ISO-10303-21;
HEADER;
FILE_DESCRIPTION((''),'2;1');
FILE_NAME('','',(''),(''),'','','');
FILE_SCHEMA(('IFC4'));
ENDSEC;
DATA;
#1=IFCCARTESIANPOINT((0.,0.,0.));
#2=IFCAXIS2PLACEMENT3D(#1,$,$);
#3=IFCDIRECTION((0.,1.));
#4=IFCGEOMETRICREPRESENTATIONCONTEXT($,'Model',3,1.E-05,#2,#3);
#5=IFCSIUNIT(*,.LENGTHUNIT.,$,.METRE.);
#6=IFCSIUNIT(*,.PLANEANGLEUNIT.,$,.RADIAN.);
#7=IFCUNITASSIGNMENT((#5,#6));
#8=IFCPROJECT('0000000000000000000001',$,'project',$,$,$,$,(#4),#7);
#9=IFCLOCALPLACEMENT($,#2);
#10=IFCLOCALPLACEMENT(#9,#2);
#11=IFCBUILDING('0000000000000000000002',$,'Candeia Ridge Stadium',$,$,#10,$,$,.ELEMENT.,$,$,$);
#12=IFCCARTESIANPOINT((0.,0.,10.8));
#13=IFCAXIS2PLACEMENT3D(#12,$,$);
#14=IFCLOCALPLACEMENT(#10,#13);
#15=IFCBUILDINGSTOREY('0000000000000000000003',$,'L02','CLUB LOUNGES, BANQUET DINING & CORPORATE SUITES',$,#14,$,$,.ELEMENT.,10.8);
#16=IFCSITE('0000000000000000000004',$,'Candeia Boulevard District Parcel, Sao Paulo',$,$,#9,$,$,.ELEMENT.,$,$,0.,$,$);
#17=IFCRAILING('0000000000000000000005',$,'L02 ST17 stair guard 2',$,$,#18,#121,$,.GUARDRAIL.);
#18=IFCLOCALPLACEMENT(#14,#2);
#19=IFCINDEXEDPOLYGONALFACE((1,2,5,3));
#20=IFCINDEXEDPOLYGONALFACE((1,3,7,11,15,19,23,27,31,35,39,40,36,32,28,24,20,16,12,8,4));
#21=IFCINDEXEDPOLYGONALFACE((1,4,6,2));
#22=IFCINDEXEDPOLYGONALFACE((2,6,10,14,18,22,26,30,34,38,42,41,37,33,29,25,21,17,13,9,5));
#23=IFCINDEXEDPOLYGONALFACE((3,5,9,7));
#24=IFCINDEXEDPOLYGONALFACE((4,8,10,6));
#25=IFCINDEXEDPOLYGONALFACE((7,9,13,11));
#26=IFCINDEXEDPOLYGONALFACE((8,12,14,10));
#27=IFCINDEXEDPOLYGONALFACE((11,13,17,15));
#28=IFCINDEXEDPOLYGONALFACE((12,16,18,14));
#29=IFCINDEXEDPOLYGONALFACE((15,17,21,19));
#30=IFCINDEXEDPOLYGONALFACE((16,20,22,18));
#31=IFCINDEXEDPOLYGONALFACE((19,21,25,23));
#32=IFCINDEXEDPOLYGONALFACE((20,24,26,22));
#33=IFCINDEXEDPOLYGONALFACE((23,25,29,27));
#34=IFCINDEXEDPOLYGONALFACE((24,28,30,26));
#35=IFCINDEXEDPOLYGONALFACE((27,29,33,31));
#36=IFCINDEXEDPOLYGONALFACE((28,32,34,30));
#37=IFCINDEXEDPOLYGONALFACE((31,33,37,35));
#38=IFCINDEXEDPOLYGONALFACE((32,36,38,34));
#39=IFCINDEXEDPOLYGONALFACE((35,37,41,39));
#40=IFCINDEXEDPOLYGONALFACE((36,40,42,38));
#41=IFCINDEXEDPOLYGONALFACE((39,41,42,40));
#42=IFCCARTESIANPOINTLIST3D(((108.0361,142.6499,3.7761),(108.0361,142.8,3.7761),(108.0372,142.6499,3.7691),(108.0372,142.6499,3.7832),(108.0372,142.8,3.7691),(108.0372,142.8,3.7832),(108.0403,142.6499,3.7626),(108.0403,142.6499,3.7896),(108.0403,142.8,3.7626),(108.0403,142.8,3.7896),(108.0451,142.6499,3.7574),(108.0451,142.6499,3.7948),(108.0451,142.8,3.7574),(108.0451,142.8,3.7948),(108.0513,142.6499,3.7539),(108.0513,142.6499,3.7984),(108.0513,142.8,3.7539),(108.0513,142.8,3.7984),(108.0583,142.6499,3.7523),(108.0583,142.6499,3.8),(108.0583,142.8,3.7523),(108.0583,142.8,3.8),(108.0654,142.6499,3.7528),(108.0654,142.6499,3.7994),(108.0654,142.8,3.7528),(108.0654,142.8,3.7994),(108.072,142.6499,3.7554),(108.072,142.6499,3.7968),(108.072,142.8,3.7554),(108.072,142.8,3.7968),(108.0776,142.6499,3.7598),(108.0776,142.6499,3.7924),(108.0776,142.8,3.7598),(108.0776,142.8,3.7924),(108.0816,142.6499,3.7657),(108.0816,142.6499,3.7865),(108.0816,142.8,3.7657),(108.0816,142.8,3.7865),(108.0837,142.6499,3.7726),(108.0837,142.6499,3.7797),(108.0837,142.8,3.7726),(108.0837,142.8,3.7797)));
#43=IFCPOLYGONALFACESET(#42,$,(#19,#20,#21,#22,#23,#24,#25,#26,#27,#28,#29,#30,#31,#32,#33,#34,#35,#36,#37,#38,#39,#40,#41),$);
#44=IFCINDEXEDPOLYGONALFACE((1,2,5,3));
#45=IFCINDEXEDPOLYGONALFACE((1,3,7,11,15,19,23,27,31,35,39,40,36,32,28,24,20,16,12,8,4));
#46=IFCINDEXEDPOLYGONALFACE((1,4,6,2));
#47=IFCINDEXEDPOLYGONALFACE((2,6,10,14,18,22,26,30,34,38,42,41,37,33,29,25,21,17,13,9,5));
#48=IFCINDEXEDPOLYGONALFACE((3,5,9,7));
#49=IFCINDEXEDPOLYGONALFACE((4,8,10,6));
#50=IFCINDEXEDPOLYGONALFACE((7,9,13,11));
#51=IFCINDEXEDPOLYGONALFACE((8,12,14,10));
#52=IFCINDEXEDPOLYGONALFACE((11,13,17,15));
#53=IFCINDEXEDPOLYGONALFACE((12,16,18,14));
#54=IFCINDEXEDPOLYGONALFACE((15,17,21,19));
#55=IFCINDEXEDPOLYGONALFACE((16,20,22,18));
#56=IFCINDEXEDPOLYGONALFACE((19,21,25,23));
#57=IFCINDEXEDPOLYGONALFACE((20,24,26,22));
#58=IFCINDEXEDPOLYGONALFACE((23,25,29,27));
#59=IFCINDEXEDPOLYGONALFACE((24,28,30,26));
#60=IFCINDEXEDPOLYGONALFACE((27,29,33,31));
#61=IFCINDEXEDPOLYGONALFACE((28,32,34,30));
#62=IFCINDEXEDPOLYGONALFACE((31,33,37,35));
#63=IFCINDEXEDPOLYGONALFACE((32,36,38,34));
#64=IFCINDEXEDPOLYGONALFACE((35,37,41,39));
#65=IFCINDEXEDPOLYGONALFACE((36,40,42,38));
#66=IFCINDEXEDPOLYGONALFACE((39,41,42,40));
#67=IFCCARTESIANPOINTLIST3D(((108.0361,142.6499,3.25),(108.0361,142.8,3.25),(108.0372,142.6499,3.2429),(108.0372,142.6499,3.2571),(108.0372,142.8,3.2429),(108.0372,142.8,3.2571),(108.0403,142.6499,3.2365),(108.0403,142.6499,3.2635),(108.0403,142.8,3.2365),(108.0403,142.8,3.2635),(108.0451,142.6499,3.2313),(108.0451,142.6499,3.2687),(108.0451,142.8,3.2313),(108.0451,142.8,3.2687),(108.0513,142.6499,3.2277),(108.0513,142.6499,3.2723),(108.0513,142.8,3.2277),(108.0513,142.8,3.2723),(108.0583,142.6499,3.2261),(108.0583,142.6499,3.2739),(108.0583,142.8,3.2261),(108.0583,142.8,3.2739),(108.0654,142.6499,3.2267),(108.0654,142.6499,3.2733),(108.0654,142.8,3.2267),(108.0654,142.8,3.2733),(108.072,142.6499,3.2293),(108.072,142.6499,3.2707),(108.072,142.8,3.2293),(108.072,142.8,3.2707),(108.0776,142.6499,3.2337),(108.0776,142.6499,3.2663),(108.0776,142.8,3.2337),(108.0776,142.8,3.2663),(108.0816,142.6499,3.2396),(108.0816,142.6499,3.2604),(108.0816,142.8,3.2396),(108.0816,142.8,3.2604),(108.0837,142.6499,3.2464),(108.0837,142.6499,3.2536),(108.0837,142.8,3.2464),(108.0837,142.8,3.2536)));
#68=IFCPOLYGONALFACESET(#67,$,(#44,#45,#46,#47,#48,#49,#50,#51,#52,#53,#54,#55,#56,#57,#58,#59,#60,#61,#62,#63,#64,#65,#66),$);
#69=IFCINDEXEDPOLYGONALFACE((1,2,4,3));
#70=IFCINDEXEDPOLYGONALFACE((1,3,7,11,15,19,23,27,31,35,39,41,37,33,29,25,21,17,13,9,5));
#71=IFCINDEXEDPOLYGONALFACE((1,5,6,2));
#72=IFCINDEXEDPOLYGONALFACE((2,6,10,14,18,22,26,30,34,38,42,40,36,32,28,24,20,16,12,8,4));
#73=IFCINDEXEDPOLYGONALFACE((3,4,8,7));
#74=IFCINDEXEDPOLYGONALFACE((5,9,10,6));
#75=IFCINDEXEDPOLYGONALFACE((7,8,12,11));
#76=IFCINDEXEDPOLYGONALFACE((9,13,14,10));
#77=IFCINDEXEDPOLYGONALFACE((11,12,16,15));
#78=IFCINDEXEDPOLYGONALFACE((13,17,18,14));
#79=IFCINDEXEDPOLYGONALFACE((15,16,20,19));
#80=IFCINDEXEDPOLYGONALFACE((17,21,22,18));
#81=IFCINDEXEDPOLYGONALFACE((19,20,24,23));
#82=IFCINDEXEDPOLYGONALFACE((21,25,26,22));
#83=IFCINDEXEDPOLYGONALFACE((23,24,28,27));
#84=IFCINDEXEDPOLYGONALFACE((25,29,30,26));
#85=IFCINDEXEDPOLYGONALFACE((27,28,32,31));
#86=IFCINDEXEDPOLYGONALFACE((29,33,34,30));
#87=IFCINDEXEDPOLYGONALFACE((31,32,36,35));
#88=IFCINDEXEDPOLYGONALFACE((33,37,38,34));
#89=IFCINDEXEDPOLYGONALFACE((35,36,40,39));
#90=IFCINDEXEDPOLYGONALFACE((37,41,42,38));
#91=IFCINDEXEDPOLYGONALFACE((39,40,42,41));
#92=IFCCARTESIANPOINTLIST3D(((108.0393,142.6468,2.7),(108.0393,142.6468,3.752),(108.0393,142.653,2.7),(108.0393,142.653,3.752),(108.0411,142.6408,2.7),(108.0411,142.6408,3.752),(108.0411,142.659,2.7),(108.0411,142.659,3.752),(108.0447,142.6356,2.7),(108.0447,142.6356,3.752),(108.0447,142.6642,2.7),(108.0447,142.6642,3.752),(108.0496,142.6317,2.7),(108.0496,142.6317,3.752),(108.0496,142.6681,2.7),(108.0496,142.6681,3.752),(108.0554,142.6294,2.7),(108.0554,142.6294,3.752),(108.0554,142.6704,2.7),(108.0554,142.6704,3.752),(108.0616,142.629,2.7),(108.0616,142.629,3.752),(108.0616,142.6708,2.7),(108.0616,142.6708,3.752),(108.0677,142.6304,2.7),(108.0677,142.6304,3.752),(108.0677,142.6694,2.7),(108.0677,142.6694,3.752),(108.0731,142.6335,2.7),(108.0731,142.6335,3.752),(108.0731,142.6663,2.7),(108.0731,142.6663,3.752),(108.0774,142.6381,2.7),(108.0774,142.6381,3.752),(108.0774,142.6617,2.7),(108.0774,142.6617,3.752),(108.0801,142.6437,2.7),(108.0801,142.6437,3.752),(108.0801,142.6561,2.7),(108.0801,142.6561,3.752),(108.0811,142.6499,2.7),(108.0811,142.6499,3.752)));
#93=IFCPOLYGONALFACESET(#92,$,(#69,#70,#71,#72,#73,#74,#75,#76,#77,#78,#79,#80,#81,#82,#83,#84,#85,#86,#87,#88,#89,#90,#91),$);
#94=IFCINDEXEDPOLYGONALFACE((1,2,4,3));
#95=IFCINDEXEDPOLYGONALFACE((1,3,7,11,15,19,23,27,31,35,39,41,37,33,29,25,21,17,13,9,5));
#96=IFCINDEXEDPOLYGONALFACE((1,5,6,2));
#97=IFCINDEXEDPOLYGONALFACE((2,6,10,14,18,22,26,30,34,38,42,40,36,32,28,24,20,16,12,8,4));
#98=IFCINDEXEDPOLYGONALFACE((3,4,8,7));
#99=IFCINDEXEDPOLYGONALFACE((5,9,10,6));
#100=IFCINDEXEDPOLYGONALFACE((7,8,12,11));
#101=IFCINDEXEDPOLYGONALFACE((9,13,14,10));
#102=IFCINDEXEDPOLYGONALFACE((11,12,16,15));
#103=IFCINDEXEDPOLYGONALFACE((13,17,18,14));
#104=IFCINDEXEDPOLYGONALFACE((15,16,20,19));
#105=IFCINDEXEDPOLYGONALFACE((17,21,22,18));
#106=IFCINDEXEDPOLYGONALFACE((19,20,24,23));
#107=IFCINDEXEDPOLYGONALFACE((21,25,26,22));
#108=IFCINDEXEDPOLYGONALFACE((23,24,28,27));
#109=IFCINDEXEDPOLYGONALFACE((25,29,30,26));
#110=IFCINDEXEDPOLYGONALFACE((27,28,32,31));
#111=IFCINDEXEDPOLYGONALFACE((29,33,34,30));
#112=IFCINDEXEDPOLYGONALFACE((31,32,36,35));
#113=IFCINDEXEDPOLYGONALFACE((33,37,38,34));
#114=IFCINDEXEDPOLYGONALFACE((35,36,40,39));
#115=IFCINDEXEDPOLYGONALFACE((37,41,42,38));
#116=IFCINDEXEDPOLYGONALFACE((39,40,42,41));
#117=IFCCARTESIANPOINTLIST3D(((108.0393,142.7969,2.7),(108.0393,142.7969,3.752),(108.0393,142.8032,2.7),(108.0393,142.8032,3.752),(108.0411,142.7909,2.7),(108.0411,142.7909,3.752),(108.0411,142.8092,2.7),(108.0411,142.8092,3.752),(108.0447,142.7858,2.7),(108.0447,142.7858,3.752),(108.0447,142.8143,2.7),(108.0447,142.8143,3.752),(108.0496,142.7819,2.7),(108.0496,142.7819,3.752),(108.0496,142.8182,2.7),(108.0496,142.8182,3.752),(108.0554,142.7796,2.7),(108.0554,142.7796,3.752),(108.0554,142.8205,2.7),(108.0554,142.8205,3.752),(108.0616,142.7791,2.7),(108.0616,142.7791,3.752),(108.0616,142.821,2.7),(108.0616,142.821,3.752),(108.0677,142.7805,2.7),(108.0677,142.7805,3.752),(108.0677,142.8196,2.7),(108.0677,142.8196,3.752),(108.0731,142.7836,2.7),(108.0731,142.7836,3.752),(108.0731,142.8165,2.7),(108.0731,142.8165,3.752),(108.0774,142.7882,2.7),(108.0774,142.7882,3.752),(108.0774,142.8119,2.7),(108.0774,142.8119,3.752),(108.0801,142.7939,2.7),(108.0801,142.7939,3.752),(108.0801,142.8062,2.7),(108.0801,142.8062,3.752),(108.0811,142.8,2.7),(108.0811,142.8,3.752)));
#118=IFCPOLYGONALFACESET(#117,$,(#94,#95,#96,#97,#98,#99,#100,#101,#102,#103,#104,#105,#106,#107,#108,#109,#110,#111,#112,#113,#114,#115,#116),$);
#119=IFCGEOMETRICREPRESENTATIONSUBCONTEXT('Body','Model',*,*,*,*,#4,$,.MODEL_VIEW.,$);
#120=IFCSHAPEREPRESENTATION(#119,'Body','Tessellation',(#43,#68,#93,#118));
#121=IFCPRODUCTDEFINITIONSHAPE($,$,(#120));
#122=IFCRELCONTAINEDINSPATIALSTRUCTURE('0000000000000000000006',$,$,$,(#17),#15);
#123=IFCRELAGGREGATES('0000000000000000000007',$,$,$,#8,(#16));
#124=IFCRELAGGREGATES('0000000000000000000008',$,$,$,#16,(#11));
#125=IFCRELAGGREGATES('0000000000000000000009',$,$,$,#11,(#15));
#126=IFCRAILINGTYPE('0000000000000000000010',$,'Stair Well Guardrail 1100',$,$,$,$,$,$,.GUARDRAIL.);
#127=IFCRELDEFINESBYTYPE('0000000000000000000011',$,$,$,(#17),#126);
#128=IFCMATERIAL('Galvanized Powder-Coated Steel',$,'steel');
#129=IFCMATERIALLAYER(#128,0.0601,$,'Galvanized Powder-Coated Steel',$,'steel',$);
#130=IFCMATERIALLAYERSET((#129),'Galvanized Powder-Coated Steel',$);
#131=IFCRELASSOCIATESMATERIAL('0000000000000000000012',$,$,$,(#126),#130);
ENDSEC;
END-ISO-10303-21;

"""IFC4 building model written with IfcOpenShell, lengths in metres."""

from ifc_helpers import new_model, si_unit, direction, frame, origin, origin_2d, place, context, subcontext, project, spatial, circle, extrude, material, layer, layer_set, type_object, element, save


model = new_model("IFC4")

# Units and contexts
model_context = context("Model", 3, precision=1e-05, world=origin(), true_north=direction((0.0, 1.0)))
body_context = subcontext(model_context, "Body", "Model", "MODEL_VIEW")
ifc_project = project(units=[si_unit("LENGTHUNIT", "METRE"), si_unit("PLANEANGLEUNIT", "RADIAN")], contexts=[model_context])

# Site, building, storey
site_placement = place(None, origin())
site = spatial("IfcSite", under=ifc_project, at=site_placement, Name="Candeia Boulevard District Parcel, Sao Paulo", CompositionType="ELEMENT", RefElevation=0.0)
building_placement = place(site_placement, origin())
building = spatial("IfcBuilding", under=site, at=building_placement, Name="Candeia Ridge Stadium", CompositionType="ELEMENT")
storey_placement = place(building_placement, frame((0.0, 0.0, 10.8)))
storey = spatial("IfcBuildingStorey", under=building, at=storey_placement, Name="L02", Description="CLUB LOUNGES, BANQUET DINING & CORPORATE SUITES", CompositionType="ELEMENT", Elevation=10.8)

# Railing
ifc_material_1 = material(Name="Galvanized Powder-Coated Steel", Category="steel")
ifc_layer_1 = layer(ifc_material_1, 0.0601, Name="Galvanized Powder-Coated Steel", Category="steel")
ifc_layer_set_1 = layer_set([ifc_layer_1], Name="Galvanized Powder-Coated Steel")
railing_type_1 = type_object("IfcRailingType", Name="Stair Well Guardrail 1100", PredefinedType="GUARDRAIL", material=ifc_layer_set_1)
railing_1_placement = place(storey_placement, frame((108.0601, 142.6499, 2.7)))
element("IfcRailing", 1, at=railing_1_placement, inside=storey, type_object=railing_type_1, Name="L02 ST17 stair guard 2", PredefinedType="GUARDRAIL", context=body_context, shape_type="SweptSolid", body=[
    extrude(circle(Radius=0.0239, at=origin_2d()), frame((0.0, 0.0, 1.0762), z_axis=(0.0, 1.0, 0.0), x_axis=(-1.0, 0.0, 0.0)), (0.0, 0.0, 1.0), 0.1501),
    extrude(circle(Radius=0.0239, at=origin_2d()), frame((0.0, 0.0, 0.55), z_axis=(0.0, 1.0, 0.0), x_axis=(-1.0, 0.0, 0.0)), (0.0, 0.0, 1.0), 0.1501),
    extrude(circle(Radius=0.021, at=origin_2d()), origin(), (0.0, 0.0, 1.0), 1.052),
    extrude(circle(Radius=0.021, at=origin_2d()), frame((0.0, 0.1501, 0.0)), (0.0, 0.0, 1.0), 1.052),
])

save(model, "model.ifc")
